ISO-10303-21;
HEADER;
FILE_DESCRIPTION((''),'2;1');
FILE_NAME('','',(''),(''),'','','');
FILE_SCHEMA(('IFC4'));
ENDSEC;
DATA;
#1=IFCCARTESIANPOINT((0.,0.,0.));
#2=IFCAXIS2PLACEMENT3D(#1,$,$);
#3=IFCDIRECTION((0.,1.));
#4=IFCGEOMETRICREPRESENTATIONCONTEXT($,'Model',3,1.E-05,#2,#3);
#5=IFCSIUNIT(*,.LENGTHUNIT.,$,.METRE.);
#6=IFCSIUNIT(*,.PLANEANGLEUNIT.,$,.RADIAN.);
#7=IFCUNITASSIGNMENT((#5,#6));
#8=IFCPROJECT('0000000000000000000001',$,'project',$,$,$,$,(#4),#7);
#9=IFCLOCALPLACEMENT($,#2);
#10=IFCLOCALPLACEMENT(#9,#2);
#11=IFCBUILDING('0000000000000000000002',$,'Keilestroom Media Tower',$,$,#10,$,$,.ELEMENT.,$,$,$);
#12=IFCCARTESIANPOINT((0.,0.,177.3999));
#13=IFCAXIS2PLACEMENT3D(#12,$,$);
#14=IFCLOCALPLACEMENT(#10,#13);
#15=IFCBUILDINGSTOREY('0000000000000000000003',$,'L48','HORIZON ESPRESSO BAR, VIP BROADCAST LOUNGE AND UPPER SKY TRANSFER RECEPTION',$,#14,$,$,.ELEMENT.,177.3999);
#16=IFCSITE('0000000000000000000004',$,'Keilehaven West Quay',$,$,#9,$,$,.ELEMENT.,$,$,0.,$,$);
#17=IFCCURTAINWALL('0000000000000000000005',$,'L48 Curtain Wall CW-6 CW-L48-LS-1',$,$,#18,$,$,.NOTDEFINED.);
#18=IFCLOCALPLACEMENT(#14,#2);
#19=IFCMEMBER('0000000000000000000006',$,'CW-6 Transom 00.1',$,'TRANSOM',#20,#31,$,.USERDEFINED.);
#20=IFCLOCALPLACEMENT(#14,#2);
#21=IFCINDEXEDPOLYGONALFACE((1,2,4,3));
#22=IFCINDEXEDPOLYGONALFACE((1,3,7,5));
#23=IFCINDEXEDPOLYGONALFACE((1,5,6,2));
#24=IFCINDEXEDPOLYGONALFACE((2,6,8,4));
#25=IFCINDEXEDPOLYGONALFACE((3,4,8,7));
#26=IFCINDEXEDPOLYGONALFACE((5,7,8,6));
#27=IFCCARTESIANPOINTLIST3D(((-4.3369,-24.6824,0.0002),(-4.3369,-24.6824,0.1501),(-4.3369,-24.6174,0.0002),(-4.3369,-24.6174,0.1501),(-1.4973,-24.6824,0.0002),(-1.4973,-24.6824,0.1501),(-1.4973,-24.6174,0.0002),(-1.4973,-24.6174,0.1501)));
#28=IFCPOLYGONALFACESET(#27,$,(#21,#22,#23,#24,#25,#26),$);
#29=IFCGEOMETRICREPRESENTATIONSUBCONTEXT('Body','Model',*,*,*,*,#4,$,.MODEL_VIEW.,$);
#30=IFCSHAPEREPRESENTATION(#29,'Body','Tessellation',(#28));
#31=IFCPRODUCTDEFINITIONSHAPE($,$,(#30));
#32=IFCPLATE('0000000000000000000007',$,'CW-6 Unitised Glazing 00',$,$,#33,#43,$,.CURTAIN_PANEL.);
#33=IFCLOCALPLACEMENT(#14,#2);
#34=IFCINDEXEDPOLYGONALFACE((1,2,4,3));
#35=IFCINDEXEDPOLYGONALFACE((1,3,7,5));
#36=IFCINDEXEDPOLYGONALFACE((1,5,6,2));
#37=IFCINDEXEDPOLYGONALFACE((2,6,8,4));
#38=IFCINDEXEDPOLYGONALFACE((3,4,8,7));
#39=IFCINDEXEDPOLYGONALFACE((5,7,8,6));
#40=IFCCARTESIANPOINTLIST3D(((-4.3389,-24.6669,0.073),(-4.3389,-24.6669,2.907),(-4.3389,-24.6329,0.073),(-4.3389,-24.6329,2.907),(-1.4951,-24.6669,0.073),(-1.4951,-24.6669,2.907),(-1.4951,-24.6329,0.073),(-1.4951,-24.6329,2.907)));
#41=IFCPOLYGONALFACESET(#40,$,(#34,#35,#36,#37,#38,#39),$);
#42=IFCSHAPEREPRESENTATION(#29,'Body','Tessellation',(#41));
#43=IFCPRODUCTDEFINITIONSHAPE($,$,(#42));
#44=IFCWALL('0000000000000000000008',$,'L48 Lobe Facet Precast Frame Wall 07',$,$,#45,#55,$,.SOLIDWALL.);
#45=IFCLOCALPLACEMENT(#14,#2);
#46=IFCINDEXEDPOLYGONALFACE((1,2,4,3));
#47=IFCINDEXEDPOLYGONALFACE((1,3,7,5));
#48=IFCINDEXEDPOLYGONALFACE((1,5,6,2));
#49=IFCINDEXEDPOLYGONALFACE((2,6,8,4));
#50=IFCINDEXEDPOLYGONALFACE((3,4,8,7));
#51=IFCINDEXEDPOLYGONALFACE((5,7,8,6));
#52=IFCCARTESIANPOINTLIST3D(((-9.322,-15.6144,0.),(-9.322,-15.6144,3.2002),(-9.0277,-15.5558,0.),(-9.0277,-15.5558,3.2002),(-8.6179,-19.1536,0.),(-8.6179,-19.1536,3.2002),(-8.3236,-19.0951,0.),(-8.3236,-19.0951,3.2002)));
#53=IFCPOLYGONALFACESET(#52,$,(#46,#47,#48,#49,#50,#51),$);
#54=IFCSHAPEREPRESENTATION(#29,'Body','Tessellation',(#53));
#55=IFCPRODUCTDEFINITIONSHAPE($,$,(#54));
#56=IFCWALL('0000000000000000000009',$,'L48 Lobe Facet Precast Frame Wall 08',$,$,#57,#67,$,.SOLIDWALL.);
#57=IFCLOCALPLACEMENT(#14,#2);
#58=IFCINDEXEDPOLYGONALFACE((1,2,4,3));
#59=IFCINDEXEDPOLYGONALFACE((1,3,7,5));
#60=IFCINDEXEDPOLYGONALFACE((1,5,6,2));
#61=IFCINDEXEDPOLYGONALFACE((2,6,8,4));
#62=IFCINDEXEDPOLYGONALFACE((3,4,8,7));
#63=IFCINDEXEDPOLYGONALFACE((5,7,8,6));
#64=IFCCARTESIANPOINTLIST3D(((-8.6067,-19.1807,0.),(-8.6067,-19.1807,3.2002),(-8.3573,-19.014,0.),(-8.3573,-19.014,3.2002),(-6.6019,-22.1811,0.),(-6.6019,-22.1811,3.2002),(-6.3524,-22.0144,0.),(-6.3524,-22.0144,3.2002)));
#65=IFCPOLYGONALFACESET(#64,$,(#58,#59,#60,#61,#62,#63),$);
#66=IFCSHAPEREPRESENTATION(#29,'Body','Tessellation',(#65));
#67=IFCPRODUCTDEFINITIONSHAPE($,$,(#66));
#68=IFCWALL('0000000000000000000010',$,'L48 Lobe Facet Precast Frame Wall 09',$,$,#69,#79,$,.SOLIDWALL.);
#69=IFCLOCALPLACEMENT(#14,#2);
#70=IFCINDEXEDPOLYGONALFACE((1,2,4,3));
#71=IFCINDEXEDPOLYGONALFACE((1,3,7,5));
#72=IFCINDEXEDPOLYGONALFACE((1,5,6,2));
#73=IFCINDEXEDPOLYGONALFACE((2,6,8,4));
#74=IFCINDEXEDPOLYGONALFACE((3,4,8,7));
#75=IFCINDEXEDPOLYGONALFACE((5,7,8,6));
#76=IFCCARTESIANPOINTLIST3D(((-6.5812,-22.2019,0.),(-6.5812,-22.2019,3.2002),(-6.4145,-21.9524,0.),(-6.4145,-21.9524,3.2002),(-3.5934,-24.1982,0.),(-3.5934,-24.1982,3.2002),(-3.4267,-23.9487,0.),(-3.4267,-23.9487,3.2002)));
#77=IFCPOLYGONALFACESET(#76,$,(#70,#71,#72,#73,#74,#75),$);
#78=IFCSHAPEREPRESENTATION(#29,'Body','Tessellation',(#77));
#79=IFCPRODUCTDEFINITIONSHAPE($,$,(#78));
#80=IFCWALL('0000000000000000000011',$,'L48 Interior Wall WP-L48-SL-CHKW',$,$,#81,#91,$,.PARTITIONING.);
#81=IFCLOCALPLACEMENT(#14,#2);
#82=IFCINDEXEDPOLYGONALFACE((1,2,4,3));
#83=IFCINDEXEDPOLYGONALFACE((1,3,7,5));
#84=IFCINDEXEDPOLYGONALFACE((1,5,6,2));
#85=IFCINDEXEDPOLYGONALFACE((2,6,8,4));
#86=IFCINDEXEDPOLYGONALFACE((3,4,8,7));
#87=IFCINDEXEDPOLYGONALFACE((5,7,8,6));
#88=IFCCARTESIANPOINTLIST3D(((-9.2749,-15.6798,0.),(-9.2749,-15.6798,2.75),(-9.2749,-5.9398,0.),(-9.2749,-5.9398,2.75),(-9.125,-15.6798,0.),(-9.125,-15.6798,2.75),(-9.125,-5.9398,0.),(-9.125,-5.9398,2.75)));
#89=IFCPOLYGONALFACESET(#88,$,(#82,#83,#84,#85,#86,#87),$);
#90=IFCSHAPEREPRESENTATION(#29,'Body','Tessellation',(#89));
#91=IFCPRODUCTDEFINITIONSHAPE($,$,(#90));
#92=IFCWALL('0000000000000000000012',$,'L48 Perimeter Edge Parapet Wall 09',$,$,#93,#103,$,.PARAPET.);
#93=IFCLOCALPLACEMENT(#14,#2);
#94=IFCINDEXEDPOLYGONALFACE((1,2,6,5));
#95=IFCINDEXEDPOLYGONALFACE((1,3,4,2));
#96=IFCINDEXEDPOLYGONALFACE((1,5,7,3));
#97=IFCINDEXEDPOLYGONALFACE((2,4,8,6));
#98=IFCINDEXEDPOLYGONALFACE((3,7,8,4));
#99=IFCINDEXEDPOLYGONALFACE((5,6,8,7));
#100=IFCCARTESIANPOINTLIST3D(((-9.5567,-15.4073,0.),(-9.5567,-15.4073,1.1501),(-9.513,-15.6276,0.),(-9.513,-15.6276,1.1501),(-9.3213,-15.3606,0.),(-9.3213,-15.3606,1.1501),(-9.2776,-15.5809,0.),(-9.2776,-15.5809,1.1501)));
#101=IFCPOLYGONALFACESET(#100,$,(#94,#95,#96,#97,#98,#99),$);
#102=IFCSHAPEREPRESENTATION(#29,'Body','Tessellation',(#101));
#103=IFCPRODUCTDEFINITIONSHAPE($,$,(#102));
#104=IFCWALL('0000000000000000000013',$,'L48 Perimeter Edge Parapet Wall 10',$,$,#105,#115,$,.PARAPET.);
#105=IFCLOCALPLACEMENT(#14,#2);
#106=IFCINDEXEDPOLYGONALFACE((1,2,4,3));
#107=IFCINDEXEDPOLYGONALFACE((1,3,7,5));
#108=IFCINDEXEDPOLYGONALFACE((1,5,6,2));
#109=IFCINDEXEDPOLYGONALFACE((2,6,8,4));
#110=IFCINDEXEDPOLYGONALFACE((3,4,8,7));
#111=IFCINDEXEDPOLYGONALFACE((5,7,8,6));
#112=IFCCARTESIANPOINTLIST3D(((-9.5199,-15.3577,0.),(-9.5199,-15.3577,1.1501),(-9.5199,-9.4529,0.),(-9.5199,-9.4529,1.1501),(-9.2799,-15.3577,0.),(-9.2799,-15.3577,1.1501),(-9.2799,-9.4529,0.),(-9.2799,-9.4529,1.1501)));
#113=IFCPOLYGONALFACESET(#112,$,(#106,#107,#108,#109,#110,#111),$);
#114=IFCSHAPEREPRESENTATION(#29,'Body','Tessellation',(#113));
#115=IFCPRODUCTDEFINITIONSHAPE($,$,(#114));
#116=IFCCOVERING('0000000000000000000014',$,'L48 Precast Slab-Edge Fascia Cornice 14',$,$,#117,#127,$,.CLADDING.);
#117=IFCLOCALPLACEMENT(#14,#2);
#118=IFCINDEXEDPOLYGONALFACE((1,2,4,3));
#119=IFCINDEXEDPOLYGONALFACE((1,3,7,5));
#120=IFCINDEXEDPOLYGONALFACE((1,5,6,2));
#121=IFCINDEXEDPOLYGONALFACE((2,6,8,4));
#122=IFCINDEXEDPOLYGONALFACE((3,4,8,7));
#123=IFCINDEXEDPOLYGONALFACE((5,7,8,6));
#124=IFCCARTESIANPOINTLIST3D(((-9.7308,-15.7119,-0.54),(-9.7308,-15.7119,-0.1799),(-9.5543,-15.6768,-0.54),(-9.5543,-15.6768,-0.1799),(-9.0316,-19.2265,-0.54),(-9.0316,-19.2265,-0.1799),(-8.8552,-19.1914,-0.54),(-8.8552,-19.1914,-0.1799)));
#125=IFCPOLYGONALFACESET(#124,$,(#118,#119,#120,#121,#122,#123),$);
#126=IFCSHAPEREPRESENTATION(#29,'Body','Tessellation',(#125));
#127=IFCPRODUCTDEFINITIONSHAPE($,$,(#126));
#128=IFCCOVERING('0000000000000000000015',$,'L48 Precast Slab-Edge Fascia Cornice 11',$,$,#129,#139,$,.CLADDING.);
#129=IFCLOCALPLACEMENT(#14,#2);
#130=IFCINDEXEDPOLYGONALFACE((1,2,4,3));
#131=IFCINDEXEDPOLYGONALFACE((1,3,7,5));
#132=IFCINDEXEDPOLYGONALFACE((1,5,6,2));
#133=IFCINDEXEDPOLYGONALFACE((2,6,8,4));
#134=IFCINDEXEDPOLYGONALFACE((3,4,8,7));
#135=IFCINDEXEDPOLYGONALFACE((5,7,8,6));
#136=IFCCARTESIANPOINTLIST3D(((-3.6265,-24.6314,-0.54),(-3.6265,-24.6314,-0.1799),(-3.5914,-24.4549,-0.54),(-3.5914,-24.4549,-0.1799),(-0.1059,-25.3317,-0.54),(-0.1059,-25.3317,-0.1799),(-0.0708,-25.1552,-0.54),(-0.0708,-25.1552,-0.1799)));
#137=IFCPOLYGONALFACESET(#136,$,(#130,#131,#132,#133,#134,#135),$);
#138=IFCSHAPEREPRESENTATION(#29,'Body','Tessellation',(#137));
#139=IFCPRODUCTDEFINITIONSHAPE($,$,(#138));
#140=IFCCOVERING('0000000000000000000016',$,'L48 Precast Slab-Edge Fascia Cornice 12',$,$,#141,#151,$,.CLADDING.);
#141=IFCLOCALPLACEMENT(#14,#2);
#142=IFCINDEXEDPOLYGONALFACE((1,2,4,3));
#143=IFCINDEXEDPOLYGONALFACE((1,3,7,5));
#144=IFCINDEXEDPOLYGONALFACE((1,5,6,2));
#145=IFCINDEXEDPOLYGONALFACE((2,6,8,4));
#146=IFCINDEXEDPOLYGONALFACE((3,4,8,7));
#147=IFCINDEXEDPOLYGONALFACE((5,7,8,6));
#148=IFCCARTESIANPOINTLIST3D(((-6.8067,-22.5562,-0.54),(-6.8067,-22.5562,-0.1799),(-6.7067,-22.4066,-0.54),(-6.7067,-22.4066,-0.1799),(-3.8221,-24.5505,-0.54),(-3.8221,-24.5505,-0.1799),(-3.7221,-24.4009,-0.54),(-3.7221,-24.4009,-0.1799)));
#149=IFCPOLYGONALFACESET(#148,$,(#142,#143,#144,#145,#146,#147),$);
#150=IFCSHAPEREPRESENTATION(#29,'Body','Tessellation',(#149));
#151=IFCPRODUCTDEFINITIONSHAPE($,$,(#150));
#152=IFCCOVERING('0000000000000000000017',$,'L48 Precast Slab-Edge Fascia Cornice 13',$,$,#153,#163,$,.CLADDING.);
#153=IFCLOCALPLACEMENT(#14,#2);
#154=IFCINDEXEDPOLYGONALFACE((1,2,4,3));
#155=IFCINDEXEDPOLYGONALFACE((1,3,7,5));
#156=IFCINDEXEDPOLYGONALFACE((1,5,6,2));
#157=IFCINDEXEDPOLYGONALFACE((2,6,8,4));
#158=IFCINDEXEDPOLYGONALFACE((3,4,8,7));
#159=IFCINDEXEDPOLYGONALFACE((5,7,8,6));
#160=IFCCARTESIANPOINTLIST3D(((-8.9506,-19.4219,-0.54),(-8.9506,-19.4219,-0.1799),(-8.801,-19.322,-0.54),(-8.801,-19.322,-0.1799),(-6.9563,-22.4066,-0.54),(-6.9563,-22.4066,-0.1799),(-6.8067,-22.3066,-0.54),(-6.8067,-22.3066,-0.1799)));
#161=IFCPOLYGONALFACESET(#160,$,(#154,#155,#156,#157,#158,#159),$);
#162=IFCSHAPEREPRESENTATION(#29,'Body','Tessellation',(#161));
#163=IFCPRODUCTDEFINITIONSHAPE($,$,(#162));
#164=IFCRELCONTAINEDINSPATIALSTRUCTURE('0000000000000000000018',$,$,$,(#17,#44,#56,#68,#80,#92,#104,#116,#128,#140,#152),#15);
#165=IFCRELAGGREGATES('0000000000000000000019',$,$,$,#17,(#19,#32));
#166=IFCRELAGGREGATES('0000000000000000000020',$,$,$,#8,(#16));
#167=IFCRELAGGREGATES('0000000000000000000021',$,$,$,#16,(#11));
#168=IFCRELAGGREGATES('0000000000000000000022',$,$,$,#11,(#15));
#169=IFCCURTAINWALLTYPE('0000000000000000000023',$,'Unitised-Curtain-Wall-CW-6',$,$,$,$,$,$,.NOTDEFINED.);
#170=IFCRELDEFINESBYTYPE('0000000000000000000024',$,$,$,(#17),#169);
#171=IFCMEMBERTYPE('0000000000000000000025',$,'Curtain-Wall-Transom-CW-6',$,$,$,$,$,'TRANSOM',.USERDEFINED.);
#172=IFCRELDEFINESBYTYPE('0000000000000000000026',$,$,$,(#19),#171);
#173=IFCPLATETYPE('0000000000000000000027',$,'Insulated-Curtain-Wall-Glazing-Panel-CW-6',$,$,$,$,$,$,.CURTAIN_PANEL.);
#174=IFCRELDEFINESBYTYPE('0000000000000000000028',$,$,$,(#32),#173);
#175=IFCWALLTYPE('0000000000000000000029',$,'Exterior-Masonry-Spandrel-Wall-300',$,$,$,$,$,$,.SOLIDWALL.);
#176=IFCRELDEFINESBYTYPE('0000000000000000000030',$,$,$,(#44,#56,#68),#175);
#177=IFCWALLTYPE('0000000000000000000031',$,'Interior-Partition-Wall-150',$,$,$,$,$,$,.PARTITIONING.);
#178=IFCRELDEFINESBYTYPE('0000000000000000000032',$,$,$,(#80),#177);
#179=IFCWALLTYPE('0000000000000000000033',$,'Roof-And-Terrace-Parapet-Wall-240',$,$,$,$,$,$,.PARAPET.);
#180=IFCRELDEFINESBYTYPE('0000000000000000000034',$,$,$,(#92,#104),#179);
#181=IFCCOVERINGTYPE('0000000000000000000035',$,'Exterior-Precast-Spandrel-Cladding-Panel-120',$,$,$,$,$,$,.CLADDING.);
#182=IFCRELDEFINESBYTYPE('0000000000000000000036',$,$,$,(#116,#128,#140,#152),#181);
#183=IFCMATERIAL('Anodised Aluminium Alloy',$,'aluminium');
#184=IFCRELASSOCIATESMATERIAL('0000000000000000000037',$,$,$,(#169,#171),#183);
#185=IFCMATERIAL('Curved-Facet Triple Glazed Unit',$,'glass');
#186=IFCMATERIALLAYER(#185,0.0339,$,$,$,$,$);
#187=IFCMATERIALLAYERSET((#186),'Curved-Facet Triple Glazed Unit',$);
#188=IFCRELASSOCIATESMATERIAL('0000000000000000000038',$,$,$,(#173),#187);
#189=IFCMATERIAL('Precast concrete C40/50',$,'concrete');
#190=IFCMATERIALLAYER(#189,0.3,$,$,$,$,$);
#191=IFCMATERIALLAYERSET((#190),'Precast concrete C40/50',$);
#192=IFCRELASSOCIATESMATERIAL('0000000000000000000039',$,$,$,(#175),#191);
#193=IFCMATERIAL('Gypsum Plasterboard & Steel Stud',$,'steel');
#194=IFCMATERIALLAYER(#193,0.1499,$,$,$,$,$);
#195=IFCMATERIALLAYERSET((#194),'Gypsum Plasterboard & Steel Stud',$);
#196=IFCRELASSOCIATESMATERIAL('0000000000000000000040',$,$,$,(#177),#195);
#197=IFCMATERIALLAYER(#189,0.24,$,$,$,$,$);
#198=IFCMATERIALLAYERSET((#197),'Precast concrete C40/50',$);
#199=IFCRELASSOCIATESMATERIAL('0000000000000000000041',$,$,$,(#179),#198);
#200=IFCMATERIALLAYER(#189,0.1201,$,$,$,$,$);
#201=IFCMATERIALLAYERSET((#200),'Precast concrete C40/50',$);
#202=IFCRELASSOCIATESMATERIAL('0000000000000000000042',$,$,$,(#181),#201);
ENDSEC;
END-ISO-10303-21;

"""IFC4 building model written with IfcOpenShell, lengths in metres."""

from ifc_helpers import new_model, si_unit, direction, frame, frame_2d, origin, origin_2d, place, context, subcontext, project, spatial, rectangle, extrude, source, transform, mapped, material, layer, layer_set, material_profile, profile_set, type_object, element, aggregate, save


model = new_model("IFC4")

# Units and contexts
model_context = context("Model", 3, precision=1e-05, world=origin(), true_north=direction((0.0, 1.0)))
body_context = subcontext(model_context, "Body", "Model", "MODEL_VIEW")
ifc_project = project(units=[si_unit("LENGTHUNIT", "METRE"), si_unit("PLANEANGLEUNIT", "RADIAN")], contexts=[model_context])

# Site, building, storey
site_placement = place(None, origin())
site = spatial("IfcSite", under=ifc_project, at=site_placement, Name="Keilehaven West Quay", CompositionType="ELEMENT", RefElevation=0.0)
building_placement = place(site_placement, origin())
building = spatial("IfcBuilding", under=site, at=building_placement, Name="Keilestroom Media Tower", CompositionType="ELEMENT")
storey_placement = place(building_placement, frame((0.0, 0.0, 177.3999)))
storey = spatial("IfcBuildingStorey", under=building, at=storey_placement, Name="L48", Description="HORIZON ESPRESSO BAR, VIP BROADCAST LOUNGE AND UPPER SKY TRANSFER RECEPTION", CompositionType="ELEMENT", Elevation=177.3999)

# Curtain wall, member, plate
ifc_material_1 = material(Name="Anodised Aluminium Alloy", Category="aluminium")
curtain_wall_type = type_object("IfcCurtainWallType", Name="Unitised-Curtain-Wall-CW-6", PredefinedType="NOTDEFINED", material=ifc_material_1)
curtain_wall_placement = place(storey_placement, origin())
curtain_wall = element("IfcCurtainWall", 1, at=curtain_wall_placement, inside=storey, type_object=curtain_wall_type, Name="L48 Curtain Wall CW-6 CW-L48-LS-1", PredefinedType="NOTDEFINED")
ifc_material_profile_1 = material_profile(ifc_material_1, rectangle(XDim=0.0649, YDim=0.1499, at=origin_2d()), Name="ALU TRANSOM 65x150")
ifc_profile_set_1 = profile_set([ifc_material_profile_1], Name="Anodised Aluminium Alloy")
member_type_1 = type_object("IfcMemberType", Name="Curtain-Wall-Transom-CW-6", ElementType="TRANSOM", PredefinedType="USERDEFINED", material=ifc_profile_set_1)
shared_shape_1 = source(origin(), body_context, "Body", "SweptSolid", [
    extrude(rectangle(XDim=0.0649, YDim=0.1499, at=origin_2d()), origin(), (0.0, 0.0, 1.0), 2.8396),
])
member_1_placement = place(storey_placement, frame((-4.3369, -24.6499, 0.0752), z_axis=(1.0, 0.0, 0.0), x_axis=(0.0, 1.0, 0.0)))
member_1 = element("IfcMember", 2, at=member_1_placement, type_object=member_type_1, Name="CW-6 Transom 00.1", ObjectType="TRANSOM", PredefinedType="USERDEFINED", context=body_context, shape_type="MappedRepresentation", body=[
    mapped(shared_shape_1, transform((0.0, 0.0, 0.0), x_axis=(1.0, 0.0, 0.0), y_axis=(0.0, 1.0, 0.0), z_axis=(0.0, 0.0, 1.0), scale=1.0)),
])
ifc_material_2 = material(Name="Curved-Facet Triple Glazed Unit", Category="glass")
ifc_layer_1 = layer(ifc_material_2, 0.0339)
ifc_layer_set_1 = layer_set([ifc_layer_1], Name="Curved-Facet Triple Glazed Unit")
plate_type = type_object("IfcPlateType", Name="Insulated-Curtain-Wall-Glazing-Panel-CW-6", PredefinedType="CURTAIN_PANEL", material=ifc_layer_set_1)
shared_shape_2 = source(origin(), body_context, "Body", "SweptSolid", [
    extrude(rectangle(XDim=2.8438, YDim=0.0339, at=origin_2d()), origin(), (0.0, 0.0, 1.0), 2.834),
])
plate_placement = place(storey_placement, frame((-2.917, -24.6499, 0.073), z_axis=(0.0, 0.0, 1.0), x_axis=(1.0, 0.0, 0.0)))
plate = element("IfcPlate", 3, at=plate_placement, type_object=plate_type, Name="CW-6 Unitised Glazing 00", PredefinedType="CURTAIN_PANEL", context=body_context, shape_type="MappedRepresentation", body=[
    mapped(shared_shape_2, transform((0.0, 0.0, 0.0), x_axis=(1.0, 0.0, 0.0), y_axis=(0.0, 1.0, 0.0), z_axis=(0.0, 0.0, 1.0), scale=1.0)),
])
aggregate(curtain_wall, [member_1, plate])

# Walls
ifc_material_3 = material(Name="Precast concrete C40/50", Category="concrete")
ifc_layer_2 = layer(ifc_material_3, 0.3)
ifc_layer_set_2 = layer_set([ifc_layer_2], Name="Precast concrete C40/50")
wall_type_1 = type_object("IfcWallType", Name="Exterior-Masonry-Spandrel-Wall-300", PredefinedType="SOLIDWALL", material=ifc_layer_set_2)
for number, where, z_axis, x_axis, name in (
    (4, (-9.1748, -15.5852, 0.0), (0.0, 0.0, 1.0), (0.195114, -0.980781, 0.0), "L48 Lobe Facet Precast Frame Wall 07"),
    (5, (-8.4819, -19.0974, 0.0), (0.0, 0.0, 1.0), (0.555574, -0.831467, 0.0), "L48 Lobe Facet Precast Frame Wall 08"),
):
    element("IfcWall", number, at=place(storey_placement, frame(where, z_axis=z_axis, x_axis=x_axis)), inside=storey, type_object=wall_type_1, Name=name, PredefinedType="SOLIDWALL", context=body_context, shape_type="SweptSolid", body=[
        extrude(rectangle(XDim=3.6086, YDim=0.3, at=frame_2d((1.8042, 0.0))), origin(), (0.0, 0.0, 1.0), 3.2002),
    ])
wall_1_placement = place(storey_placement, frame((-6.4978, -22.0771, 0.0), z_axis=(0.0, 0.0, 1.0), x_axis=(0.831475, -0.555562, 0.0)))
element("IfcWall", 6, at=wall_1_placement, inside=storey, type_object=wall_type_1, Name="L48 Lobe Facet Precast Frame Wall 09", PredefinedType="SOLIDWALL", context=body_context, shape_type="SweptSolid", body=[
    extrude(rectangle(XDim=3.5933, YDim=0.3, at=frame_2d((1.7966, 0.0))), origin(), (0.0, 0.0, 1.0), 3.2002),
])
ifc_material_4 = material(Name="Gypsum Plasterboard & Steel Stud", Category="steel")
ifc_layer_3 = layer(ifc_material_4, 0.1499)
ifc_layer_set_3 = layer_set([ifc_layer_3], Name="Gypsum Plasterboard & Steel Stud")
wall_type_2 = type_object("IfcWallType", Name="Interior-Partition-Wall-150", PredefinedType="PARTITIONING", material=ifc_layer_set_3)
wall_2_placement = place(storey_placement, frame((-9.2, -15.6799, 0.0), z_axis=(0.0, 0.0, 1.0), x_axis=(0.0, 1.0, 0.0)))
element("IfcWall", 7, at=wall_2_placement, inside=storey, type_object=wall_type_2, Name="L48 Interior Wall WP-L48-SL-CHKW", PredefinedType="PARTITIONING", context=body_context, shape_type="SweptSolid", body=[
    extrude(rectangle(XDim=9.74, YDim=0.1499, at=frame_2d((4.8701, 0.0))), origin(), (0.0, 0.0, 1.0), 2.75),
])
ifc_layer_4 = layer(ifc_material_3, 0.24)
ifc_layer_set_4 = layer_set([ifc_layer_4], Name="Precast concrete C40/50")
wall_type_3 = type_object("IfcWallType", Name="Roof-And-Terrace-Parapet-Wall-240", PredefinedType="PARAPET", material=ifc_layer_set_4)
wall_3_placement = place(storey_placement, frame((-9.3953, -15.6042, 0.0), z_axis=(0.0, 0.0, 1.0), x_axis=(-0.194652, 0.980872, 0.0)))
element("IfcWall", 8, at=wall_3_placement, inside=storey, type_object=wall_type_3, Name="L48 Perimeter Edge Parapet Wall 09", PredefinedType="PARAPET", context=body_context, shape_type="SweptSolid", body=[
    extrude(rectangle(XDim=0.2246, YDim=0.24, at=frame_2d((0.1123, 0.0))), origin(), (0.0, 0.0, 1.0), 1.1501),
])
wall_4_placement = place(storey_placement, frame((-9.3999, -15.3577, 0.0), z_axis=(0.0, 0.0, 1.0), x_axis=(0.0, 1.0, 0.0)))
element("IfcWall", 9, at=wall_4_placement, inside=storey, type_object=wall_type_3, Name="L48 Perimeter Edge Parapet Wall 10", PredefinedType="PARAPET", context=body_context, shape_type="SweptSolid", body=[
    extrude(rectangle(XDim=5.9048, YDim=0.24, at=frame_2d((2.9524, 0.0))), origin(), (0.0, 0.0, 1.0), 1.1501),
])

# Coverings
ifc_layer_5 = layer(ifc_material_3, 0.1201)
ifc_layer_set_5 = layer_set([ifc_layer_5], Name="Precast concrete C40/50")
covering_type = type_object("IfcCoveringType", Name="Exterior-Precast-Spandrel-Cladding-Panel-120", PredefinedType="CLADDING", material=ifc_layer_set_5)
shared_shape_3 = source(origin(), body_context, "Body", "SweptSolid", [
    extrude(rectangle(XDim=3.5835, YDim=0.1799, at=origin_2d()), origin(), (0.0, 0.0, 1.0), 0.3601),
])
covering_placement = place(storey_placement, frame((-9.293, -17.4517, -0.54), z_axis=(0.0, 0.0, 1.0), x_axis=(-0.195099, 0.980784, 0.0)))
element("IfcCovering", 10, at=covering_placement, inside=storey, type_object=covering_type, Name="L48 Precast Slab-Edge Fascia Cornice 14", PredefinedType="CLADDING", context=body_context, shape_type="MappedRepresentation", body=[
    mapped(shared_shape_3, transform((0.0, 0.0, 0.0), x_axis=(1.0, 0.0, 0.0), y_axis=(0.0, 1.0, 0.0), z_axis=(0.0, 0.0, 1.0), scale=1.0)),
])
shared_shape_4 = source(origin(), body_context, "Body", "SweptSolid", [
    extrude(rectangle(XDim=3.5896, YDim=0.1799, at=origin_2d()), origin(), (0.0, 0.0, 1.0), 0.3601),
])
for number, where, z_axis, x_axis, name in (
    (11, (-1.8486, -24.8933, -0.54), (0.0, 0.0, 1.0), (-0.980784, 0.195099, 0.0), "L48 Precast Slab-Edge Fascia Cornice 11"),
    (12, (-5.2644, -23.4785, -0.54), (0.0, 0.0, 1.0), (-0.831467, 0.555575, 0.0), "L48 Precast Slab-Edge Fascia Cornice 12"),
    (13, (-7.8787, -20.8643, -0.54), (0.0, 0.0, 1.0), (-0.555575, 0.831467, 0.0), "L48 Precast Slab-Edge Fascia Cornice 13"),
):
    element("IfcCovering", number, at=place(storey_placement, frame(where, z_axis=z_axis, x_axis=x_axis)), inside=storey, type_object=covering_type, Name=name, PredefinedType="CLADDING", context=body_context, shape_type="MappedRepresentation", body=[
        mapped(shared_shape_4, transform((0.0, 0.0, 0.0), x_axis=(1.0, 0.0, 0.0), y_axis=(0.0, 1.0, 0.0), z_axis=(0.0, 0.0, 1.0), scale=1.0)),
    ])

save(model, "model.ifc")
